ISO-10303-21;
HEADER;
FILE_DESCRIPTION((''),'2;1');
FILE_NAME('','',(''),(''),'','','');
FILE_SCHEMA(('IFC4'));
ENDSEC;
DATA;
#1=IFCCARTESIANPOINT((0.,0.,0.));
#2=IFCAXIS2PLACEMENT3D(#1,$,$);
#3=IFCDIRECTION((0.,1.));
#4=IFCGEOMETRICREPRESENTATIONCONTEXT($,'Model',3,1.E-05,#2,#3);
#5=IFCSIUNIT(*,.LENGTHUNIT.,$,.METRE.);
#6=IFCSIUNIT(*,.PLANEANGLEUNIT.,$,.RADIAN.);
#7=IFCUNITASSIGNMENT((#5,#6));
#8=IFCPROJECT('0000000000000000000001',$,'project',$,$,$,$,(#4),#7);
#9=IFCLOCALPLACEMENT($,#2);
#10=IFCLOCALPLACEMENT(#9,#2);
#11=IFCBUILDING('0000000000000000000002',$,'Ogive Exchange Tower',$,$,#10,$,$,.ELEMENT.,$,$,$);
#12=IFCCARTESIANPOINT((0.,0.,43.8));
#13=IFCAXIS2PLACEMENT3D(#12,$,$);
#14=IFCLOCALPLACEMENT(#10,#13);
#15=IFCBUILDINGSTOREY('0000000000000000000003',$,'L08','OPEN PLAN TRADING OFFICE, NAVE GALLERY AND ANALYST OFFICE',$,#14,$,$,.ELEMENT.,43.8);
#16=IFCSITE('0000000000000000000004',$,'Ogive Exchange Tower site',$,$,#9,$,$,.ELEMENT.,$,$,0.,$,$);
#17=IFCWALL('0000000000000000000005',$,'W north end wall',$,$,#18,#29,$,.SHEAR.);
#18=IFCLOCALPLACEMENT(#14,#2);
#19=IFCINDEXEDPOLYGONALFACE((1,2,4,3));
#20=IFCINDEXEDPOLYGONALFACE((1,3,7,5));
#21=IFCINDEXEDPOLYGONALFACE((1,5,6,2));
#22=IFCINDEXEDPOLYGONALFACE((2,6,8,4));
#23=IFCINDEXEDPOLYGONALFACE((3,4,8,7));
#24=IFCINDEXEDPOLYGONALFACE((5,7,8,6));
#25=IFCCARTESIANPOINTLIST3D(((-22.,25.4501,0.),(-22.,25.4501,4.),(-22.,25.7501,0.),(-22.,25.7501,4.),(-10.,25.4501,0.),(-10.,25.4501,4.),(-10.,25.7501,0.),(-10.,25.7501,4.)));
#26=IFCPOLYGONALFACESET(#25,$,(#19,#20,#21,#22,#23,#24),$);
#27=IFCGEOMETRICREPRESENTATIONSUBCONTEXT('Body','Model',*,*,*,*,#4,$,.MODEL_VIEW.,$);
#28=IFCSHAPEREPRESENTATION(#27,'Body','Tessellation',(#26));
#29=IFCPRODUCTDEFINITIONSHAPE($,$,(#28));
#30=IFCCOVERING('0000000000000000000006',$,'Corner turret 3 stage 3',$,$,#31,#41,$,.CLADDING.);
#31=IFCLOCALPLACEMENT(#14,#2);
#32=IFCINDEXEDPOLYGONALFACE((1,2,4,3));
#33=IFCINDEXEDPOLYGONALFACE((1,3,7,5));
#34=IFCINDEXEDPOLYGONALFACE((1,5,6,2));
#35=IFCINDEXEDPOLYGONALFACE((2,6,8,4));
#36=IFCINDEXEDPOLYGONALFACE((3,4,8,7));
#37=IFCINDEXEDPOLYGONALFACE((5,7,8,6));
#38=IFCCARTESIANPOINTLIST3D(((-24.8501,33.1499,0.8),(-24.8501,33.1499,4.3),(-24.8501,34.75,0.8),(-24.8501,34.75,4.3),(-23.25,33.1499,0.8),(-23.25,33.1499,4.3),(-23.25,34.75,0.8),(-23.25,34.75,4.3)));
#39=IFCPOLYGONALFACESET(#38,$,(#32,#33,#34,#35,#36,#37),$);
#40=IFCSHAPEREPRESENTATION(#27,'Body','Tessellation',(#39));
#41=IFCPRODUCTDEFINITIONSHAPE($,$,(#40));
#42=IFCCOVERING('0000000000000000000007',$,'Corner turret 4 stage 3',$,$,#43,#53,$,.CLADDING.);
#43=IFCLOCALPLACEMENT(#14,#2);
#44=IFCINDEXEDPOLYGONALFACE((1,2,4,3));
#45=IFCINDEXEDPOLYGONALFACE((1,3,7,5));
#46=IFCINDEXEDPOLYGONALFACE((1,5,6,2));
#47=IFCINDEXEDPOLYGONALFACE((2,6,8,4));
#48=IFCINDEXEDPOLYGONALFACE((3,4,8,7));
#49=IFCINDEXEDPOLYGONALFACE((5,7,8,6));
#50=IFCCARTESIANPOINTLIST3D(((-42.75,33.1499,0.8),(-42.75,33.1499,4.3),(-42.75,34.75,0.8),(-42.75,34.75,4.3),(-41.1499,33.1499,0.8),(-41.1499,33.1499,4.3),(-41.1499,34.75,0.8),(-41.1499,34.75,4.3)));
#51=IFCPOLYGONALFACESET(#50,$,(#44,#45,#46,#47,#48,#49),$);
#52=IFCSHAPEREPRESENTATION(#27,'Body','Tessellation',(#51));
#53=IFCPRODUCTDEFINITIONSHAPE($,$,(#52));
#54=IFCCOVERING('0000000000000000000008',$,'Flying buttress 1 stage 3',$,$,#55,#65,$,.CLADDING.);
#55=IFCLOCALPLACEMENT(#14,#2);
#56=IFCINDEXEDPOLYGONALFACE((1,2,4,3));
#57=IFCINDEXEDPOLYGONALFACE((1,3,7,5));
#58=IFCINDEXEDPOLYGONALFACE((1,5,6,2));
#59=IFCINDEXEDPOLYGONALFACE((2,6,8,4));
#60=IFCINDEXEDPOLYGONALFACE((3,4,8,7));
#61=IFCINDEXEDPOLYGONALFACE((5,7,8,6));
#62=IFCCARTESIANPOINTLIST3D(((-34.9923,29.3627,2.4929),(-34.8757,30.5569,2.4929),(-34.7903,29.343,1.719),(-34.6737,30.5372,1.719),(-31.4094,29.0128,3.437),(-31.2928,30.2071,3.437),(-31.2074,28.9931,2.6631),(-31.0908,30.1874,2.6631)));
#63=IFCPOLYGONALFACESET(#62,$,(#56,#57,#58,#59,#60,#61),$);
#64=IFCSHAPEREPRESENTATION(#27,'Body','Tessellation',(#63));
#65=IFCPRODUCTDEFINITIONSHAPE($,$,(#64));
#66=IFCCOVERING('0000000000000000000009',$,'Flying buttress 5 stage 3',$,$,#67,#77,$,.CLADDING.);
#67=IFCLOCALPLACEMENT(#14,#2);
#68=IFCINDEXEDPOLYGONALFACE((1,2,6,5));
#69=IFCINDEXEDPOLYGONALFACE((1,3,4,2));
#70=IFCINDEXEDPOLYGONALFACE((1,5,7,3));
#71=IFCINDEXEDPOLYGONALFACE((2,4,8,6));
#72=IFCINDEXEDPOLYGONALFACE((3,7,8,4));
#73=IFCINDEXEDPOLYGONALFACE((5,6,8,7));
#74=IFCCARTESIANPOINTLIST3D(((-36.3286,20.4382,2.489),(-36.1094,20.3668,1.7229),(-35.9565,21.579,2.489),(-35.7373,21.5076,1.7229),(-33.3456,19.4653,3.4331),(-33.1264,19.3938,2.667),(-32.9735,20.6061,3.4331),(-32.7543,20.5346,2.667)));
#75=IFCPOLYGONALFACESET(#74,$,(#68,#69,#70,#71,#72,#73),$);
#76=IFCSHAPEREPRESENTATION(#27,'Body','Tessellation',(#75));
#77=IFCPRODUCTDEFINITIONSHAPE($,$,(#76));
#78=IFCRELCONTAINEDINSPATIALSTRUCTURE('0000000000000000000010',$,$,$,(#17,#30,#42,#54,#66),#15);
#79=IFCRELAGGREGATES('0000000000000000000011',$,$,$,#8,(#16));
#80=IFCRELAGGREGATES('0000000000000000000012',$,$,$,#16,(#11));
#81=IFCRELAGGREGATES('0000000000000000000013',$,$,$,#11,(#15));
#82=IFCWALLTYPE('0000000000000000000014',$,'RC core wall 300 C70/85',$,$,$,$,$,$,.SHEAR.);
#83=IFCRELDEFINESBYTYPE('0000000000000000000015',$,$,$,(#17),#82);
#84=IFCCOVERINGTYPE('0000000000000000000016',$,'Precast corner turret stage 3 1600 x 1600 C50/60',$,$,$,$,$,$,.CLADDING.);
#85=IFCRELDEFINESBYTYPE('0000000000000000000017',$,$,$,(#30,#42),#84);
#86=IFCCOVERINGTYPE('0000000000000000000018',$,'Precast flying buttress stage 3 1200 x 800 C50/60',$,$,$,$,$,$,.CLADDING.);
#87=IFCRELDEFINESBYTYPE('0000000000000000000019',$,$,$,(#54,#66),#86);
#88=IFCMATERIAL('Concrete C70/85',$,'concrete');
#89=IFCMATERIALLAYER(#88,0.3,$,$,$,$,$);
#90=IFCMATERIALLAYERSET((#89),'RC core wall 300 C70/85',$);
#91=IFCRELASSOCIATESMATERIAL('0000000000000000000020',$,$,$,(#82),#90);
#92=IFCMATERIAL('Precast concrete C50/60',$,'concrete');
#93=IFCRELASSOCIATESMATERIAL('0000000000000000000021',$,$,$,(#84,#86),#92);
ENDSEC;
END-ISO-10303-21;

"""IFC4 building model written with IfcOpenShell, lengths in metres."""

from ifc_helpers import new_model, si_unit, direction, frame, frame_2d, origin, origin_2d, place, context, subcontext, project, spatial, rectangle, extrude, material, layer, layer_set, material_profile, profile_set, type_object, element, save


model = new_model("IFC4")

# Units and contexts
model_context = context("Model", 3, precision=1e-05, world=origin(), true_north=direction((0.0, 1.0)))
body_context = subcontext(model_context, "Body", "Model", "MODEL_VIEW")
ifc_project = project(units=[si_unit("LENGTHUNIT", "METRE"), si_unit("PLANEANGLEUNIT", "RADIAN")], contexts=[model_context])

# Site, building, storey
site_placement = place(None, origin())
site = spatial("IfcSite", under=ifc_project, at=site_placement, Name="Ogive Exchange Tower site", CompositionType="ELEMENT", RefElevation=0.0)
building_placement = place(site_placement, origin())
building = spatial("IfcBuilding", under=site, at=building_placement, Name="Ogive Exchange Tower", CompositionType="ELEMENT")
storey_placement = place(building_placement, frame((0.0, 0.0, 43.8)))
storey = spatial("IfcBuildingStorey", under=building, at=storey_placement, Name="L08", Description="OPEN PLAN TRADING OFFICE, NAVE GALLERY AND ANALYST OFFICE", CompositionType="ELEMENT", Elevation=43.8)

# Wall
ifc_material_1 = material(Name="Concrete C70/85", Category="concrete")
ifc_layer_1 = layer(ifc_material_1, 0.3)
ifc_layer_set_1 = layer_set([ifc_layer_1], Name="RC core wall 300 C70/85")
wall_type_1 = type_object("IfcWallType", Name="RC core wall 300 C70/85", PredefinedType="SHEAR", material=ifc_layer_set_1)
wall_1_placement = place(storey_placement, frame((-22.0, 25.6001, 0.0), z_axis=(0.0, 0.0, 1.0), x_axis=(1.0, 0.0, 0.0)))
element("IfcWall", 1, at=wall_1_placement, inside=storey, type_object=wall_type_1, Name="W north end wall", PredefinedType="SHEAR", context=body_context, shape_type="SweptSolid", body=[
    extrude(rectangle(XDim=12.0, YDim=0.3, at=frame_2d((6.0, 0.0))), origin(), (0.0, 0.0, 1.0), 4.0),
])

# Coverings
ifc_material_2 = material(Name="Precast concrete C50/60", Category="concrete")
ifc_material_profile_1 = material_profile(ifc_material_2, rectangle(XDim=1.6001, YDim=1.6001, at=origin_2d()), Name="CORNER TURRET 3 1600 x 1600")
ifc_profile_set_1 = profile_set([ifc_material_profile_1], Name="Precast concrete C50/60")
covering_type_1 = type_object("IfcCoveringType", Name="Precast corner turret stage 3 1600 x 1600 C50/60", PredefinedType="CLADDING", material=ifc_profile_set_1)
for number, where, z_axis, x_axis, name in (
    (2, (-24.05, 33.95, 0.8), (0.0, 0.0, 1.0), (1.0, 0.0, 0.0), "Corner turret 3 stage 3"),
    (3, (-41.95, 33.95, 0.8), (0.0, 0.0, 1.0), (1.0, 0.0, 0.0), "Corner turret 4 stage 3"),
):
    element("IfcCovering", number, at=place(storey_placement, frame(where, z_axis=z_axis, x_axis=x_axis)), inside=storey, type_object=covering_type_1, Name=name, PredefinedType="CLADDING", context=body_context, shape_type="SweptSolid", body=[
        extrude(rectangle(XDim=1.6001, YDim=1.6001, at=origin_2d()), origin(), (0.0, 0.0, 1.0), 3.5),
    ])
ifc_material_profile_2 = material_profile(ifc_material_2, rectangle(XDim=1.2, YDim=0.8, at=origin_2d()), Name="FLYING BUTTRESS 3 1200 x 800")
ifc_profile_set_2 = profile_set([ifc_material_profile_2], Name="Precast concrete C50/60")
covering_type_2 = type_object("IfcCoveringType", Name="Precast flying buttress stage 3 1200 x 800 C50/60", PredefinedType="CLADDING", material=ifc_profile_set_2)
covering_1_placement = place(storey_placement, frame((-34.833, 29.95, 2.106), z_axis=(0.962713, -0.094002, 0.253667), x_axis=(0.09718, 0.995267, 0.0)))
element("IfcCovering", 4, at=covering_1_placement, inside=storey, type_object=covering_type_2, Name="Flying buttress 1 stage 3", PredefinedType="CLADDING", context=body_context, shape_type="SweptSolid", body=[
    extrude(rectangle(XDim=1.2, YDim=0.8, at=origin_2d()), origin(), (0.0, 0.0, 1.0), 3.7217),
])
covering_2_placement = place(storey_placement, frame((-36.033, 20.9729, 2.106), z_axis=(0.910389, -0.296931, 0.288138), x_axis=(0.310082, 0.95071, 0.0)))
element("IfcCovering", 5, at=covering_2_placement, inside=storey, type_object=covering_type_2, Name="Flying buttress 5 stage 3", PredefinedType="CLADDING", context=body_context, shape_type="SweptSolid", body=[
    extrude(rectangle(XDim=1.2, YDim=0.8, at=origin_2d()), origin(), (0.0, 0.0, 1.0), 3.2766),
])

save(model, "model.ifc")
